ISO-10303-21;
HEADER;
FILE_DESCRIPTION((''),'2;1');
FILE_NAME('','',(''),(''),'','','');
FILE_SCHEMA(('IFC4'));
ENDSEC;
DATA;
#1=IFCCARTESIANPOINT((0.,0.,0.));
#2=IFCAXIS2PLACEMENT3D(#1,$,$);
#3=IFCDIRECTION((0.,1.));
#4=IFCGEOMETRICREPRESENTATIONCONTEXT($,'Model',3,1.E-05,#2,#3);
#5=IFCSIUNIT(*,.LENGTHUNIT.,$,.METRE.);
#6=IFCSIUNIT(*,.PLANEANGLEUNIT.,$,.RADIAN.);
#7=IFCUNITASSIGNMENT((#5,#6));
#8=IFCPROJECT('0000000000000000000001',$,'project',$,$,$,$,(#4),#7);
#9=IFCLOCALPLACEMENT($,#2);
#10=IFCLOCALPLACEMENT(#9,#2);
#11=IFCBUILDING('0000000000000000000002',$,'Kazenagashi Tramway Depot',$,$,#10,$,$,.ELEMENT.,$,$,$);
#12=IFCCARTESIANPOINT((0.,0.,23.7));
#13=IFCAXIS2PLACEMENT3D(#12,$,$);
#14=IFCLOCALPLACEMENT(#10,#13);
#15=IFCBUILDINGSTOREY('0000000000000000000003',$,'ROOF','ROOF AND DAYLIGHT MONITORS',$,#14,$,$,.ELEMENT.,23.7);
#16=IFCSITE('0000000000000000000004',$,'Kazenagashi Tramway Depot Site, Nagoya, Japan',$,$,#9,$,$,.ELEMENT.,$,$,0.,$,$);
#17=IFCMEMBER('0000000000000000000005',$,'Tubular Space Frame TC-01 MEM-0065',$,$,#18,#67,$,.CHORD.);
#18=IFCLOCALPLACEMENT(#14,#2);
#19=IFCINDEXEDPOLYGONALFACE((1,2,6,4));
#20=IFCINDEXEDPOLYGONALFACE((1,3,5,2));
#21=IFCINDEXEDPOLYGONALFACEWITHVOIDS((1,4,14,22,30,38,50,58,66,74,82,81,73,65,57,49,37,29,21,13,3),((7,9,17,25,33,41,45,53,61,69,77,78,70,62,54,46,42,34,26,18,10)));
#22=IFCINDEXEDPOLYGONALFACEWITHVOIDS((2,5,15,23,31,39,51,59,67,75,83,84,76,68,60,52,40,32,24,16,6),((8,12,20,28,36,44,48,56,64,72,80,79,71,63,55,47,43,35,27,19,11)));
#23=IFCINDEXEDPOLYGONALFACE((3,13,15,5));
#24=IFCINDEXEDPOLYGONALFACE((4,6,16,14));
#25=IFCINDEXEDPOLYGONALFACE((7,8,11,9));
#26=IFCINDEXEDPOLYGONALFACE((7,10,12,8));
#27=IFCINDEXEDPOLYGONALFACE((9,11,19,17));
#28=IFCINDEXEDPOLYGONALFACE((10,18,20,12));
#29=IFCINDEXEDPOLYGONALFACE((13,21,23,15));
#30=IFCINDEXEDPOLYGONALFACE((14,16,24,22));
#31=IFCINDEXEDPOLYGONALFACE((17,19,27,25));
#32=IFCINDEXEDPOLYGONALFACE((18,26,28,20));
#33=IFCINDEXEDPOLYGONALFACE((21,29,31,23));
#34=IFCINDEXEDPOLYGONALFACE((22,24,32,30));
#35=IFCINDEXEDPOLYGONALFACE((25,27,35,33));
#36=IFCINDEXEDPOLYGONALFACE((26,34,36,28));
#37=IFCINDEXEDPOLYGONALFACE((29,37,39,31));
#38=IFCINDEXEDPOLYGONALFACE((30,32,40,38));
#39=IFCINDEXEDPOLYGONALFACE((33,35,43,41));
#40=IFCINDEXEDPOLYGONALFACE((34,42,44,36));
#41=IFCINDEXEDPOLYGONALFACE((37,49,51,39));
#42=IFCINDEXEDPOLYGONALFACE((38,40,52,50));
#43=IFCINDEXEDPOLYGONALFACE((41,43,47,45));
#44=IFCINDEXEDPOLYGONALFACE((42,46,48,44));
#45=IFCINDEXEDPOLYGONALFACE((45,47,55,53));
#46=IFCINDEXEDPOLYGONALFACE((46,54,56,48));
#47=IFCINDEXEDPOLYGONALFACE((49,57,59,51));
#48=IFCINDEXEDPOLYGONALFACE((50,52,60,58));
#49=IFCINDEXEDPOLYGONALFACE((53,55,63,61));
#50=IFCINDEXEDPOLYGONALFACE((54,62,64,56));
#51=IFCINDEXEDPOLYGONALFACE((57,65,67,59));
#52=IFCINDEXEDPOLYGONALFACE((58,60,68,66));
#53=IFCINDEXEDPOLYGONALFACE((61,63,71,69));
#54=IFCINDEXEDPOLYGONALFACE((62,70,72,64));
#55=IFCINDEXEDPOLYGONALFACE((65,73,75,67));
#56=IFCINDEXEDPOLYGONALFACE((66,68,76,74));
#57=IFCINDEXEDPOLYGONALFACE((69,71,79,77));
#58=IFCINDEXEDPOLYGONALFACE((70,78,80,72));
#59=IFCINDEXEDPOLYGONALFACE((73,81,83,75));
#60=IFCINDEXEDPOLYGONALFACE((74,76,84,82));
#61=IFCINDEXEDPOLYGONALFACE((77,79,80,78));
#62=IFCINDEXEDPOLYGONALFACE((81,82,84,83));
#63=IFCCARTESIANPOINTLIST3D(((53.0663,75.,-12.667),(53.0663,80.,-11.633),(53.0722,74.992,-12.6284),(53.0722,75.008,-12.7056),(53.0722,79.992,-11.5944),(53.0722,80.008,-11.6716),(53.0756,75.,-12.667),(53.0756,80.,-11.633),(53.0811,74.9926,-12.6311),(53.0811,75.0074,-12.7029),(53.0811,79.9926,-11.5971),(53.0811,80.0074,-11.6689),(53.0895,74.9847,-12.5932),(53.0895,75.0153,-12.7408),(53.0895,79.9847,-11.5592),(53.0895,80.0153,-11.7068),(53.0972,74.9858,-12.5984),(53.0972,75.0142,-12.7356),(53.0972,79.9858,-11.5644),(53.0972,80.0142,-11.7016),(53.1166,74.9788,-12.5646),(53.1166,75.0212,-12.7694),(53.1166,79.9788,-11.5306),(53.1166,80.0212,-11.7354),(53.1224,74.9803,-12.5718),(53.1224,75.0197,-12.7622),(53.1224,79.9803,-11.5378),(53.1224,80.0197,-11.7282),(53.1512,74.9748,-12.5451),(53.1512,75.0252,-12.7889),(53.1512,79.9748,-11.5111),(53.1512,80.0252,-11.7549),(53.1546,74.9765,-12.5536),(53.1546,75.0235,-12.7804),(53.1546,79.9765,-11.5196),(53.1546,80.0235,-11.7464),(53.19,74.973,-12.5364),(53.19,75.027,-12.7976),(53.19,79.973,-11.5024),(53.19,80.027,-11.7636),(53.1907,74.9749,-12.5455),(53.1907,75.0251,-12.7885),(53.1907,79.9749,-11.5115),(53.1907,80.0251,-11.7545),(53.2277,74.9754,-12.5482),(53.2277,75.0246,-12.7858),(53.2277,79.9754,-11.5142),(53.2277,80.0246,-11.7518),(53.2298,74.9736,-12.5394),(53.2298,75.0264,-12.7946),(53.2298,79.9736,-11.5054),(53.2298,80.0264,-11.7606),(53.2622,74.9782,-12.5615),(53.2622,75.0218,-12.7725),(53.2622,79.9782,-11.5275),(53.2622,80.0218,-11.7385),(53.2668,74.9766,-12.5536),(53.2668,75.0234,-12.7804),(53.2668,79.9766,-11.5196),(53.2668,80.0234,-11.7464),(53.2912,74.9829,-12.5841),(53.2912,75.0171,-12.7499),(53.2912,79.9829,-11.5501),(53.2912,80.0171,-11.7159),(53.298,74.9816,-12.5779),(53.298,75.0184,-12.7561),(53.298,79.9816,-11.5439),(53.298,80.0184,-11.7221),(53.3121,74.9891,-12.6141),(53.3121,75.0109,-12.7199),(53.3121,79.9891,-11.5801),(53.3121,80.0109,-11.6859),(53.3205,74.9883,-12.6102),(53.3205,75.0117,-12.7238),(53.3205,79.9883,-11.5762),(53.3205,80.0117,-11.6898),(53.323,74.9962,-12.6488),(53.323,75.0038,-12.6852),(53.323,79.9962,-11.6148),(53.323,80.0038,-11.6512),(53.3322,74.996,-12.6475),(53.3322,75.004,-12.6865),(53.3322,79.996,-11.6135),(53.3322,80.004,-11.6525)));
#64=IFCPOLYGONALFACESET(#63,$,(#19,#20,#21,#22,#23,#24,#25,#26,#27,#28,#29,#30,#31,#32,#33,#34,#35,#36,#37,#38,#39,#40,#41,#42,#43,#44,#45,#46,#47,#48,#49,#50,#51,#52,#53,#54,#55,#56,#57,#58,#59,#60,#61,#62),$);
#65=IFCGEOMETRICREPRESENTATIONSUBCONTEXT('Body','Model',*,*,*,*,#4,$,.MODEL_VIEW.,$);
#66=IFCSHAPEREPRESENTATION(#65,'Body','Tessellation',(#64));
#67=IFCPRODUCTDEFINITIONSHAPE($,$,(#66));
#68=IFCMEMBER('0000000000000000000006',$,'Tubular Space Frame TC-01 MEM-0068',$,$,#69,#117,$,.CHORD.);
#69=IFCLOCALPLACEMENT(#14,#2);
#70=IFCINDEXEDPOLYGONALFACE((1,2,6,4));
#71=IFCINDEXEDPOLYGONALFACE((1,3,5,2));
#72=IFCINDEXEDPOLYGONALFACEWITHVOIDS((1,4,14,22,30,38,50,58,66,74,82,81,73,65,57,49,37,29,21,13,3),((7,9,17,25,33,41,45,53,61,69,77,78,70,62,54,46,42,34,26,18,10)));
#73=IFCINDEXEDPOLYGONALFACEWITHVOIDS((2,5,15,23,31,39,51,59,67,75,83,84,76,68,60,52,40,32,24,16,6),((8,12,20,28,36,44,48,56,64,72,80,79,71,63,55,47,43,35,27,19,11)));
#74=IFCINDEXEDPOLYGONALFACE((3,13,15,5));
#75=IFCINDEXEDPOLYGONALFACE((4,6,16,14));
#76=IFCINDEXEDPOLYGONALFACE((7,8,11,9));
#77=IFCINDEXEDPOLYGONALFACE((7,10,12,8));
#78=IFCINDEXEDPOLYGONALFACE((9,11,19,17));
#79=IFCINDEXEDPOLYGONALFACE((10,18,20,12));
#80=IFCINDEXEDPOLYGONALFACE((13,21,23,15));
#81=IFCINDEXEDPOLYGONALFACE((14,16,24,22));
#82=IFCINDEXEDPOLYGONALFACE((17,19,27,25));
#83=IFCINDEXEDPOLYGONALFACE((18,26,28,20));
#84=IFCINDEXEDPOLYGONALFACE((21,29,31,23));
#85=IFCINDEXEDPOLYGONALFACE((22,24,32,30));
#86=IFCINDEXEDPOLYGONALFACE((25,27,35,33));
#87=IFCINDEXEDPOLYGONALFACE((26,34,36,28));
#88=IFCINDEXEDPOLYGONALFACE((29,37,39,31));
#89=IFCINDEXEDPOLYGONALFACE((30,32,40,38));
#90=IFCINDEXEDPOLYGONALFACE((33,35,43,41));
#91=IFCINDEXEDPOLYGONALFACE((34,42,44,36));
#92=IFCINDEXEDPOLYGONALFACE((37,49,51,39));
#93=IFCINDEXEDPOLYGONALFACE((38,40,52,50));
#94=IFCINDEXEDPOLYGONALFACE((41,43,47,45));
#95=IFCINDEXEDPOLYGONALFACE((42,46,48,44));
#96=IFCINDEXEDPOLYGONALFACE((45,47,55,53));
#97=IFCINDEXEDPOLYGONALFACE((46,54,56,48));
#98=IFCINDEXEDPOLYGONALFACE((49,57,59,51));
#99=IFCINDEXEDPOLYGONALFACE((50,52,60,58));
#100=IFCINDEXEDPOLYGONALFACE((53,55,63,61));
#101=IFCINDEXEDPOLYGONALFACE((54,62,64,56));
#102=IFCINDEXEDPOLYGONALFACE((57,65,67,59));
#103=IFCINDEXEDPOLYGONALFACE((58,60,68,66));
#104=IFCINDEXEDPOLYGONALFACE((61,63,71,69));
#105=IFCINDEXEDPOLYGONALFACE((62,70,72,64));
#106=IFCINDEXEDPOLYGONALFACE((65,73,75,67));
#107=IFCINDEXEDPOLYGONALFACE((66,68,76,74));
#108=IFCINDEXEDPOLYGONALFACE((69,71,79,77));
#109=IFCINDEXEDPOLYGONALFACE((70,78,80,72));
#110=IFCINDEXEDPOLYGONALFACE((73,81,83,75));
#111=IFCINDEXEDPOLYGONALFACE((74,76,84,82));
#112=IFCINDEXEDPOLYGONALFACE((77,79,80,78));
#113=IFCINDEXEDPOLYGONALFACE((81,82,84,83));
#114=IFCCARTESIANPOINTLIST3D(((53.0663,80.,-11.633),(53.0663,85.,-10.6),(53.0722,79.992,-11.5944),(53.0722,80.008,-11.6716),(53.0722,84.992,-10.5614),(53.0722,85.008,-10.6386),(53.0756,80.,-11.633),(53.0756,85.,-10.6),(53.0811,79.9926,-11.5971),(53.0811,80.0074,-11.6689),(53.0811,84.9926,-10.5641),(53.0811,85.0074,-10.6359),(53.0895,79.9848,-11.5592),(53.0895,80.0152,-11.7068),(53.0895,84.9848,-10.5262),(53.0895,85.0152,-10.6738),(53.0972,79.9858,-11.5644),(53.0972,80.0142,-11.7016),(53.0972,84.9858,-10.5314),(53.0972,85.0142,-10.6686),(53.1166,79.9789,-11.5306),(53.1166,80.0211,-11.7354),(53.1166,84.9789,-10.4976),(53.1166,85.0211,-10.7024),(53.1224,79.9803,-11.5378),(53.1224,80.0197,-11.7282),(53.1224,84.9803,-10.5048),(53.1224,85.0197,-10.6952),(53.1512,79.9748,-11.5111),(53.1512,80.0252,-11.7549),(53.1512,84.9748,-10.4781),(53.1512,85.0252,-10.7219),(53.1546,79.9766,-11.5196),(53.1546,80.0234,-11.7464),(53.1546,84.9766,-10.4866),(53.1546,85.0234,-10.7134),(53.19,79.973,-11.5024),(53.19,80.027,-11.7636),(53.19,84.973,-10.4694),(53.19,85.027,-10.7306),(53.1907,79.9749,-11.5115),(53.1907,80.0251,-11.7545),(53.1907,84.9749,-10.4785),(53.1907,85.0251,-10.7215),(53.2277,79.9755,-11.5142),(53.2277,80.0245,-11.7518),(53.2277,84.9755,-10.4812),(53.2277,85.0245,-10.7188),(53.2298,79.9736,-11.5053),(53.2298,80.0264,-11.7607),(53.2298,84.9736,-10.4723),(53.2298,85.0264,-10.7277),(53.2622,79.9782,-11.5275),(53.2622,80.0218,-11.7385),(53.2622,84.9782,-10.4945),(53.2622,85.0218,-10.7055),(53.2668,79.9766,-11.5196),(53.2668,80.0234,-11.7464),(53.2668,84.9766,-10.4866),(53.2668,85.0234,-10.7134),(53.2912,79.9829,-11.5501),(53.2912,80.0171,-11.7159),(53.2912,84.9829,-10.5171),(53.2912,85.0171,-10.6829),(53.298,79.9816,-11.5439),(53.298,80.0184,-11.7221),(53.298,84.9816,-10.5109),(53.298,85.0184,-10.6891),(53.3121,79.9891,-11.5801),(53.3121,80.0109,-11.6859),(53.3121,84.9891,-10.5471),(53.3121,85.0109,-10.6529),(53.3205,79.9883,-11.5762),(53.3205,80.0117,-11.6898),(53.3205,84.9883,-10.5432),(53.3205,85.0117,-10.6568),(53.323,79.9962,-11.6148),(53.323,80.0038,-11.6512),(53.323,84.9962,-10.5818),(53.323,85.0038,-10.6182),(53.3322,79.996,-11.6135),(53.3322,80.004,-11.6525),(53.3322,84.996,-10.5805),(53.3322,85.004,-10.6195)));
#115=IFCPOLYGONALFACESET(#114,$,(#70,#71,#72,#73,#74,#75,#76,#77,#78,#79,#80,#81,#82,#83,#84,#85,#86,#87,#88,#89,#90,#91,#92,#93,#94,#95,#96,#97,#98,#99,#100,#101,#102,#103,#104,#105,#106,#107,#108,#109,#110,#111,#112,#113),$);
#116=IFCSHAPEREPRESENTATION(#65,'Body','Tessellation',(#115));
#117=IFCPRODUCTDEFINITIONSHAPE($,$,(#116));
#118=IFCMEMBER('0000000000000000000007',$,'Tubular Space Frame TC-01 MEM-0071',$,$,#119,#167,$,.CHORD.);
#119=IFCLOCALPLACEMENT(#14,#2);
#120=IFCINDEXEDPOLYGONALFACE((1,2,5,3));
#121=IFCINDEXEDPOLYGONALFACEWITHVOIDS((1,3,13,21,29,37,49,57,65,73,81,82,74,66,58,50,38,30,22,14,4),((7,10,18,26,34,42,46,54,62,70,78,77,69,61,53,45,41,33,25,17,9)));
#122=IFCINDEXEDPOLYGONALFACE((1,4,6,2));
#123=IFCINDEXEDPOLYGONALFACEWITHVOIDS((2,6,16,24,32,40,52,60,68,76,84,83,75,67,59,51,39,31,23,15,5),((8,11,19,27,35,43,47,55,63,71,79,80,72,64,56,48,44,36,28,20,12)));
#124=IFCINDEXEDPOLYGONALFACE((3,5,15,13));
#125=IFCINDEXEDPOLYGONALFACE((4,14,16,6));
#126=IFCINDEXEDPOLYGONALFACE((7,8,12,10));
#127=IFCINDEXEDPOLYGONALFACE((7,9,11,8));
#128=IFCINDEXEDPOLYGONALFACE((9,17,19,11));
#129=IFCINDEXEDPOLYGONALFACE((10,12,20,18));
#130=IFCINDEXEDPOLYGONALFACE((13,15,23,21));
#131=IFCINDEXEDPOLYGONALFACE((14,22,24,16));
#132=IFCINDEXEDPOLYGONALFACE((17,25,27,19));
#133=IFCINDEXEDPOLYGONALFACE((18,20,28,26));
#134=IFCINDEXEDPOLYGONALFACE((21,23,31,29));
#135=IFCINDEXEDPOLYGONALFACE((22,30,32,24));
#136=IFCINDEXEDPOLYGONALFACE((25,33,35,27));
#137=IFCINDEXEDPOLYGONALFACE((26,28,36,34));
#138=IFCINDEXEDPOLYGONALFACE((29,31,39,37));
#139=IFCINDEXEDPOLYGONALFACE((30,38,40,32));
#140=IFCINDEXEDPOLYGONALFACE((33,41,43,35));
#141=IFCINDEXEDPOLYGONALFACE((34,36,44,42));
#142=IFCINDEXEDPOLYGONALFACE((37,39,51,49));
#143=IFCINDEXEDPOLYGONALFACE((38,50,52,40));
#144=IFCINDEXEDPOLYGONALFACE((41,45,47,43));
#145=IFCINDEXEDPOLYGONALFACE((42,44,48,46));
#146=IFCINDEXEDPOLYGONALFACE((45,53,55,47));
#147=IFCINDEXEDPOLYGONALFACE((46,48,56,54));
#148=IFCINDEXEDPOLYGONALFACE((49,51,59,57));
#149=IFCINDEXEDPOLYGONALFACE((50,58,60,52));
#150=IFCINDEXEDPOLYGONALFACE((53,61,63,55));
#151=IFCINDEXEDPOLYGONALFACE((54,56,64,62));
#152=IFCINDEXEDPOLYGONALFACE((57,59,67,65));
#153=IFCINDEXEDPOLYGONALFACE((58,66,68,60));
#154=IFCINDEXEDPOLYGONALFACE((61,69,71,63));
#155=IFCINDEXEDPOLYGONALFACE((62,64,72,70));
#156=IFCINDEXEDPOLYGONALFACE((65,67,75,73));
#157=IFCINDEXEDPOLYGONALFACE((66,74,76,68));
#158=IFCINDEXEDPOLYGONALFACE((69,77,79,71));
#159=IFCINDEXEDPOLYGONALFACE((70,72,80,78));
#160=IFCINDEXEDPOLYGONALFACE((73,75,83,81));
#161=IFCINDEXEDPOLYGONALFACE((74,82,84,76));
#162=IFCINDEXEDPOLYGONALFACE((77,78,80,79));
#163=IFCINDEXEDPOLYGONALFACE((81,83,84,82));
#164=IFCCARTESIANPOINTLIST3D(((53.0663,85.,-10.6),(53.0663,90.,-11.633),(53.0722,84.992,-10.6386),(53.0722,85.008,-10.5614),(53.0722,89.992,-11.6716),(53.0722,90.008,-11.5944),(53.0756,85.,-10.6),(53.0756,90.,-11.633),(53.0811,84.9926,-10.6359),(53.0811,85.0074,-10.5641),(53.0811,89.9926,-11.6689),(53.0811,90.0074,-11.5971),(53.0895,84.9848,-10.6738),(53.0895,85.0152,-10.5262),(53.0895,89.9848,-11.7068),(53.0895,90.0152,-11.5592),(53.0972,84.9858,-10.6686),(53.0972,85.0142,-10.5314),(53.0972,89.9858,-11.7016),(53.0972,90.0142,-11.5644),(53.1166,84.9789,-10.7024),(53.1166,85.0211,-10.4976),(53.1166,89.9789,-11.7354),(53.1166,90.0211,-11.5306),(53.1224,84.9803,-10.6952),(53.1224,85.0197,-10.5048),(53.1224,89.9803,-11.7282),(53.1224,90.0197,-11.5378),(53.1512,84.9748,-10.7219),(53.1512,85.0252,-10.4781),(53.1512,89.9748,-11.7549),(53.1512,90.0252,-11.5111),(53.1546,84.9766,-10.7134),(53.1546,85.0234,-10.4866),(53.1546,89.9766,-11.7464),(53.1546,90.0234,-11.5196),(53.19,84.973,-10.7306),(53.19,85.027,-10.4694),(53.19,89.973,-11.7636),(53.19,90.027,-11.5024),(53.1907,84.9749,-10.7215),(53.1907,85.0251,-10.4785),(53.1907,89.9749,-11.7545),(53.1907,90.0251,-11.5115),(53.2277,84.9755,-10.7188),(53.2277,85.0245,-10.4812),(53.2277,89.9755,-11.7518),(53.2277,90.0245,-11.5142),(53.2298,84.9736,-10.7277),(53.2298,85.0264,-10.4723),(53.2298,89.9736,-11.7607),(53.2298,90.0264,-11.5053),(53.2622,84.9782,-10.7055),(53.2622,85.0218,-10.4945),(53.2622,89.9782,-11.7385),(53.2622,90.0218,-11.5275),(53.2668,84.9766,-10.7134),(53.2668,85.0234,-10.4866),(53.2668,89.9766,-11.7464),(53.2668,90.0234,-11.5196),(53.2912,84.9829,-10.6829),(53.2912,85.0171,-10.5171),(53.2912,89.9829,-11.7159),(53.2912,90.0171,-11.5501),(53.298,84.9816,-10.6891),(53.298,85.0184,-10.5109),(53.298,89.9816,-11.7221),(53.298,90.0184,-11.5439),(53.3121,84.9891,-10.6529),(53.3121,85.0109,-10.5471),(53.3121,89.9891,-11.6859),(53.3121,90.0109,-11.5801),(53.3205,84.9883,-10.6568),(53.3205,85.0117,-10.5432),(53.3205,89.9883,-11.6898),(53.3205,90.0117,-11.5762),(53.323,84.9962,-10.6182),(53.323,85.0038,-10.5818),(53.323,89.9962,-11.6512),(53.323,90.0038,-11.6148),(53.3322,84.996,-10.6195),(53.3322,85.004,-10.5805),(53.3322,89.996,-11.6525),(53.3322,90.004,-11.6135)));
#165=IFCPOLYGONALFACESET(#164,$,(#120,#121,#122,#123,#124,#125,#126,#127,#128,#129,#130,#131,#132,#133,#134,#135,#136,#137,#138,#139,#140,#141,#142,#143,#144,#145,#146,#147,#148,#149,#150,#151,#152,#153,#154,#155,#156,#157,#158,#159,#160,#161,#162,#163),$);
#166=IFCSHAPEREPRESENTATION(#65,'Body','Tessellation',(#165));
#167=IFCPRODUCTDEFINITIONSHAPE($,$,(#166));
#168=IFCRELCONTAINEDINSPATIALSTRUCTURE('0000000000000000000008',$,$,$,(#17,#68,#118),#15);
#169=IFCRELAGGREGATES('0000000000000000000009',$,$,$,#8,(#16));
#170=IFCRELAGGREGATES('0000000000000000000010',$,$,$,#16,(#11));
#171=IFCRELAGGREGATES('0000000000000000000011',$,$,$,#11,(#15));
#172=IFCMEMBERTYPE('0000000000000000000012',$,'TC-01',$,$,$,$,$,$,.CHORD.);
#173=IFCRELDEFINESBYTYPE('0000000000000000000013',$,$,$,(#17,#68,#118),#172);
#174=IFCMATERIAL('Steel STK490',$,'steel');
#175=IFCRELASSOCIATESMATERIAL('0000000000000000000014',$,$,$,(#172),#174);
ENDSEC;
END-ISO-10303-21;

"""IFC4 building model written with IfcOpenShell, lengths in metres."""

from ifc_helpers import new_model, si_unit, direction, frame, origin, origin_2d, place, context, subcontext, project, spatial, hollow_circle, extrude, material, material_profile, profile_set, type_object, element, save


model = new_model("IFC4")

# Units and contexts
model_context = context("Model", 3, precision=1e-05, world=origin(), true_north=direction((0.0, 1.0)))
body_context = subcontext(model_context, "Body", "Model", "MODEL_VIEW")
ifc_project = project(units=[si_unit("LENGTHUNIT", "METRE"), si_unit("PLANEANGLEUNIT", "RADIAN")], contexts=[model_context])

# Site, building, storey
site_placement = place(None, origin())
site = spatial("IfcSite", under=ifc_project, at=site_placement, Name="Kazenagashi Tramway Depot Site, Nagoya, Japan", CompositionType="ELEMENT", RefElevation=0.0)
building_placement = place(site_placement, origin())
building = spatial("IfcBuilding", under=site, at=building_placement, Name="Kazenagashi Tramway Depot", CompositionType="ELEMENT")
storey_placement = place(building_placement, frame((0.0, 0.0, 23.7)))
storey = spatial("IfcBuildingStorey", under=building, at=storey_placement, Name="ROOF", Description="ROOF AND DAYLIGHT MONITORS", CompositionType="ELEMENT", Elevation=23.7)

# Members
ifc_material_1 = material(Name="Steel STK490", Category="steel")
ifc_material_profile_1 = material_profile(ifc_material_1, hollow_circle(Radius=0.1337, WallThickness=0.0093, at=origin_2d()), Name="CHS-267.4x9.3")
ifc_profile_set_1 = profile_set([ifc_material_profile_1], Name="Steel STK490")
member_type_1 = type_object("IfcMemberType", Name="TC-01", PredefinedType="CHORD", material=ifc_profile_set_1)
member_1_placement = place(storey_placement, frame((53.2, 75.0, -12.667), z_axis=(0.0, 0.979279, 0.202515), x_axis=(-1.0, 0.0, 0.0)))
element("IfcMember", 1, at=member_1_placement, inside=storey, type_object=member_type_1, Name="Tubular Space Frame TC-01 MEM-0065", PredefinedType="CHORD", context=body_context, shape_type="SweptSolid", body=[
    extrude(hollow_circle(Radius=0.1337, WallThickness=0.0093, at=origin_2d()), origin(), (0.0, 0.0, 1.0), 5.1058),
])
for number, where, z_axis, x_axis, name in (
    (2, (53.2, 80.0, -11.633), (0.0, 0.979318, 0.202327), (-1.0, 0.0, 0.0), "Tubular Space Frame TC-01 MEM-0068"),
    (3, (53.2, 85.0, -10.6), (0.0, 0.979318, -0.202327), (-1.0, 0.0, 0.0), "Tubular Space Frame TC-01 MEM-0071"),
):
    element("IfcMember", number, at=place(storey_placement, frame(where, z_axis=z_axis, x_axis=x_axis)), inside=storey, type_object=member_type_1, Name=name, PredefinedType="CHORD", context=body_context, shape_type="SweptSolid", body=[
        extrude(hollow_circle(Radius=0.1337, WallThickness=0.0093, at=origin_2d()), origin(), (0.0, 0.0, 1.0), 5.1056),
    ])

save(model, "model.ifc")
